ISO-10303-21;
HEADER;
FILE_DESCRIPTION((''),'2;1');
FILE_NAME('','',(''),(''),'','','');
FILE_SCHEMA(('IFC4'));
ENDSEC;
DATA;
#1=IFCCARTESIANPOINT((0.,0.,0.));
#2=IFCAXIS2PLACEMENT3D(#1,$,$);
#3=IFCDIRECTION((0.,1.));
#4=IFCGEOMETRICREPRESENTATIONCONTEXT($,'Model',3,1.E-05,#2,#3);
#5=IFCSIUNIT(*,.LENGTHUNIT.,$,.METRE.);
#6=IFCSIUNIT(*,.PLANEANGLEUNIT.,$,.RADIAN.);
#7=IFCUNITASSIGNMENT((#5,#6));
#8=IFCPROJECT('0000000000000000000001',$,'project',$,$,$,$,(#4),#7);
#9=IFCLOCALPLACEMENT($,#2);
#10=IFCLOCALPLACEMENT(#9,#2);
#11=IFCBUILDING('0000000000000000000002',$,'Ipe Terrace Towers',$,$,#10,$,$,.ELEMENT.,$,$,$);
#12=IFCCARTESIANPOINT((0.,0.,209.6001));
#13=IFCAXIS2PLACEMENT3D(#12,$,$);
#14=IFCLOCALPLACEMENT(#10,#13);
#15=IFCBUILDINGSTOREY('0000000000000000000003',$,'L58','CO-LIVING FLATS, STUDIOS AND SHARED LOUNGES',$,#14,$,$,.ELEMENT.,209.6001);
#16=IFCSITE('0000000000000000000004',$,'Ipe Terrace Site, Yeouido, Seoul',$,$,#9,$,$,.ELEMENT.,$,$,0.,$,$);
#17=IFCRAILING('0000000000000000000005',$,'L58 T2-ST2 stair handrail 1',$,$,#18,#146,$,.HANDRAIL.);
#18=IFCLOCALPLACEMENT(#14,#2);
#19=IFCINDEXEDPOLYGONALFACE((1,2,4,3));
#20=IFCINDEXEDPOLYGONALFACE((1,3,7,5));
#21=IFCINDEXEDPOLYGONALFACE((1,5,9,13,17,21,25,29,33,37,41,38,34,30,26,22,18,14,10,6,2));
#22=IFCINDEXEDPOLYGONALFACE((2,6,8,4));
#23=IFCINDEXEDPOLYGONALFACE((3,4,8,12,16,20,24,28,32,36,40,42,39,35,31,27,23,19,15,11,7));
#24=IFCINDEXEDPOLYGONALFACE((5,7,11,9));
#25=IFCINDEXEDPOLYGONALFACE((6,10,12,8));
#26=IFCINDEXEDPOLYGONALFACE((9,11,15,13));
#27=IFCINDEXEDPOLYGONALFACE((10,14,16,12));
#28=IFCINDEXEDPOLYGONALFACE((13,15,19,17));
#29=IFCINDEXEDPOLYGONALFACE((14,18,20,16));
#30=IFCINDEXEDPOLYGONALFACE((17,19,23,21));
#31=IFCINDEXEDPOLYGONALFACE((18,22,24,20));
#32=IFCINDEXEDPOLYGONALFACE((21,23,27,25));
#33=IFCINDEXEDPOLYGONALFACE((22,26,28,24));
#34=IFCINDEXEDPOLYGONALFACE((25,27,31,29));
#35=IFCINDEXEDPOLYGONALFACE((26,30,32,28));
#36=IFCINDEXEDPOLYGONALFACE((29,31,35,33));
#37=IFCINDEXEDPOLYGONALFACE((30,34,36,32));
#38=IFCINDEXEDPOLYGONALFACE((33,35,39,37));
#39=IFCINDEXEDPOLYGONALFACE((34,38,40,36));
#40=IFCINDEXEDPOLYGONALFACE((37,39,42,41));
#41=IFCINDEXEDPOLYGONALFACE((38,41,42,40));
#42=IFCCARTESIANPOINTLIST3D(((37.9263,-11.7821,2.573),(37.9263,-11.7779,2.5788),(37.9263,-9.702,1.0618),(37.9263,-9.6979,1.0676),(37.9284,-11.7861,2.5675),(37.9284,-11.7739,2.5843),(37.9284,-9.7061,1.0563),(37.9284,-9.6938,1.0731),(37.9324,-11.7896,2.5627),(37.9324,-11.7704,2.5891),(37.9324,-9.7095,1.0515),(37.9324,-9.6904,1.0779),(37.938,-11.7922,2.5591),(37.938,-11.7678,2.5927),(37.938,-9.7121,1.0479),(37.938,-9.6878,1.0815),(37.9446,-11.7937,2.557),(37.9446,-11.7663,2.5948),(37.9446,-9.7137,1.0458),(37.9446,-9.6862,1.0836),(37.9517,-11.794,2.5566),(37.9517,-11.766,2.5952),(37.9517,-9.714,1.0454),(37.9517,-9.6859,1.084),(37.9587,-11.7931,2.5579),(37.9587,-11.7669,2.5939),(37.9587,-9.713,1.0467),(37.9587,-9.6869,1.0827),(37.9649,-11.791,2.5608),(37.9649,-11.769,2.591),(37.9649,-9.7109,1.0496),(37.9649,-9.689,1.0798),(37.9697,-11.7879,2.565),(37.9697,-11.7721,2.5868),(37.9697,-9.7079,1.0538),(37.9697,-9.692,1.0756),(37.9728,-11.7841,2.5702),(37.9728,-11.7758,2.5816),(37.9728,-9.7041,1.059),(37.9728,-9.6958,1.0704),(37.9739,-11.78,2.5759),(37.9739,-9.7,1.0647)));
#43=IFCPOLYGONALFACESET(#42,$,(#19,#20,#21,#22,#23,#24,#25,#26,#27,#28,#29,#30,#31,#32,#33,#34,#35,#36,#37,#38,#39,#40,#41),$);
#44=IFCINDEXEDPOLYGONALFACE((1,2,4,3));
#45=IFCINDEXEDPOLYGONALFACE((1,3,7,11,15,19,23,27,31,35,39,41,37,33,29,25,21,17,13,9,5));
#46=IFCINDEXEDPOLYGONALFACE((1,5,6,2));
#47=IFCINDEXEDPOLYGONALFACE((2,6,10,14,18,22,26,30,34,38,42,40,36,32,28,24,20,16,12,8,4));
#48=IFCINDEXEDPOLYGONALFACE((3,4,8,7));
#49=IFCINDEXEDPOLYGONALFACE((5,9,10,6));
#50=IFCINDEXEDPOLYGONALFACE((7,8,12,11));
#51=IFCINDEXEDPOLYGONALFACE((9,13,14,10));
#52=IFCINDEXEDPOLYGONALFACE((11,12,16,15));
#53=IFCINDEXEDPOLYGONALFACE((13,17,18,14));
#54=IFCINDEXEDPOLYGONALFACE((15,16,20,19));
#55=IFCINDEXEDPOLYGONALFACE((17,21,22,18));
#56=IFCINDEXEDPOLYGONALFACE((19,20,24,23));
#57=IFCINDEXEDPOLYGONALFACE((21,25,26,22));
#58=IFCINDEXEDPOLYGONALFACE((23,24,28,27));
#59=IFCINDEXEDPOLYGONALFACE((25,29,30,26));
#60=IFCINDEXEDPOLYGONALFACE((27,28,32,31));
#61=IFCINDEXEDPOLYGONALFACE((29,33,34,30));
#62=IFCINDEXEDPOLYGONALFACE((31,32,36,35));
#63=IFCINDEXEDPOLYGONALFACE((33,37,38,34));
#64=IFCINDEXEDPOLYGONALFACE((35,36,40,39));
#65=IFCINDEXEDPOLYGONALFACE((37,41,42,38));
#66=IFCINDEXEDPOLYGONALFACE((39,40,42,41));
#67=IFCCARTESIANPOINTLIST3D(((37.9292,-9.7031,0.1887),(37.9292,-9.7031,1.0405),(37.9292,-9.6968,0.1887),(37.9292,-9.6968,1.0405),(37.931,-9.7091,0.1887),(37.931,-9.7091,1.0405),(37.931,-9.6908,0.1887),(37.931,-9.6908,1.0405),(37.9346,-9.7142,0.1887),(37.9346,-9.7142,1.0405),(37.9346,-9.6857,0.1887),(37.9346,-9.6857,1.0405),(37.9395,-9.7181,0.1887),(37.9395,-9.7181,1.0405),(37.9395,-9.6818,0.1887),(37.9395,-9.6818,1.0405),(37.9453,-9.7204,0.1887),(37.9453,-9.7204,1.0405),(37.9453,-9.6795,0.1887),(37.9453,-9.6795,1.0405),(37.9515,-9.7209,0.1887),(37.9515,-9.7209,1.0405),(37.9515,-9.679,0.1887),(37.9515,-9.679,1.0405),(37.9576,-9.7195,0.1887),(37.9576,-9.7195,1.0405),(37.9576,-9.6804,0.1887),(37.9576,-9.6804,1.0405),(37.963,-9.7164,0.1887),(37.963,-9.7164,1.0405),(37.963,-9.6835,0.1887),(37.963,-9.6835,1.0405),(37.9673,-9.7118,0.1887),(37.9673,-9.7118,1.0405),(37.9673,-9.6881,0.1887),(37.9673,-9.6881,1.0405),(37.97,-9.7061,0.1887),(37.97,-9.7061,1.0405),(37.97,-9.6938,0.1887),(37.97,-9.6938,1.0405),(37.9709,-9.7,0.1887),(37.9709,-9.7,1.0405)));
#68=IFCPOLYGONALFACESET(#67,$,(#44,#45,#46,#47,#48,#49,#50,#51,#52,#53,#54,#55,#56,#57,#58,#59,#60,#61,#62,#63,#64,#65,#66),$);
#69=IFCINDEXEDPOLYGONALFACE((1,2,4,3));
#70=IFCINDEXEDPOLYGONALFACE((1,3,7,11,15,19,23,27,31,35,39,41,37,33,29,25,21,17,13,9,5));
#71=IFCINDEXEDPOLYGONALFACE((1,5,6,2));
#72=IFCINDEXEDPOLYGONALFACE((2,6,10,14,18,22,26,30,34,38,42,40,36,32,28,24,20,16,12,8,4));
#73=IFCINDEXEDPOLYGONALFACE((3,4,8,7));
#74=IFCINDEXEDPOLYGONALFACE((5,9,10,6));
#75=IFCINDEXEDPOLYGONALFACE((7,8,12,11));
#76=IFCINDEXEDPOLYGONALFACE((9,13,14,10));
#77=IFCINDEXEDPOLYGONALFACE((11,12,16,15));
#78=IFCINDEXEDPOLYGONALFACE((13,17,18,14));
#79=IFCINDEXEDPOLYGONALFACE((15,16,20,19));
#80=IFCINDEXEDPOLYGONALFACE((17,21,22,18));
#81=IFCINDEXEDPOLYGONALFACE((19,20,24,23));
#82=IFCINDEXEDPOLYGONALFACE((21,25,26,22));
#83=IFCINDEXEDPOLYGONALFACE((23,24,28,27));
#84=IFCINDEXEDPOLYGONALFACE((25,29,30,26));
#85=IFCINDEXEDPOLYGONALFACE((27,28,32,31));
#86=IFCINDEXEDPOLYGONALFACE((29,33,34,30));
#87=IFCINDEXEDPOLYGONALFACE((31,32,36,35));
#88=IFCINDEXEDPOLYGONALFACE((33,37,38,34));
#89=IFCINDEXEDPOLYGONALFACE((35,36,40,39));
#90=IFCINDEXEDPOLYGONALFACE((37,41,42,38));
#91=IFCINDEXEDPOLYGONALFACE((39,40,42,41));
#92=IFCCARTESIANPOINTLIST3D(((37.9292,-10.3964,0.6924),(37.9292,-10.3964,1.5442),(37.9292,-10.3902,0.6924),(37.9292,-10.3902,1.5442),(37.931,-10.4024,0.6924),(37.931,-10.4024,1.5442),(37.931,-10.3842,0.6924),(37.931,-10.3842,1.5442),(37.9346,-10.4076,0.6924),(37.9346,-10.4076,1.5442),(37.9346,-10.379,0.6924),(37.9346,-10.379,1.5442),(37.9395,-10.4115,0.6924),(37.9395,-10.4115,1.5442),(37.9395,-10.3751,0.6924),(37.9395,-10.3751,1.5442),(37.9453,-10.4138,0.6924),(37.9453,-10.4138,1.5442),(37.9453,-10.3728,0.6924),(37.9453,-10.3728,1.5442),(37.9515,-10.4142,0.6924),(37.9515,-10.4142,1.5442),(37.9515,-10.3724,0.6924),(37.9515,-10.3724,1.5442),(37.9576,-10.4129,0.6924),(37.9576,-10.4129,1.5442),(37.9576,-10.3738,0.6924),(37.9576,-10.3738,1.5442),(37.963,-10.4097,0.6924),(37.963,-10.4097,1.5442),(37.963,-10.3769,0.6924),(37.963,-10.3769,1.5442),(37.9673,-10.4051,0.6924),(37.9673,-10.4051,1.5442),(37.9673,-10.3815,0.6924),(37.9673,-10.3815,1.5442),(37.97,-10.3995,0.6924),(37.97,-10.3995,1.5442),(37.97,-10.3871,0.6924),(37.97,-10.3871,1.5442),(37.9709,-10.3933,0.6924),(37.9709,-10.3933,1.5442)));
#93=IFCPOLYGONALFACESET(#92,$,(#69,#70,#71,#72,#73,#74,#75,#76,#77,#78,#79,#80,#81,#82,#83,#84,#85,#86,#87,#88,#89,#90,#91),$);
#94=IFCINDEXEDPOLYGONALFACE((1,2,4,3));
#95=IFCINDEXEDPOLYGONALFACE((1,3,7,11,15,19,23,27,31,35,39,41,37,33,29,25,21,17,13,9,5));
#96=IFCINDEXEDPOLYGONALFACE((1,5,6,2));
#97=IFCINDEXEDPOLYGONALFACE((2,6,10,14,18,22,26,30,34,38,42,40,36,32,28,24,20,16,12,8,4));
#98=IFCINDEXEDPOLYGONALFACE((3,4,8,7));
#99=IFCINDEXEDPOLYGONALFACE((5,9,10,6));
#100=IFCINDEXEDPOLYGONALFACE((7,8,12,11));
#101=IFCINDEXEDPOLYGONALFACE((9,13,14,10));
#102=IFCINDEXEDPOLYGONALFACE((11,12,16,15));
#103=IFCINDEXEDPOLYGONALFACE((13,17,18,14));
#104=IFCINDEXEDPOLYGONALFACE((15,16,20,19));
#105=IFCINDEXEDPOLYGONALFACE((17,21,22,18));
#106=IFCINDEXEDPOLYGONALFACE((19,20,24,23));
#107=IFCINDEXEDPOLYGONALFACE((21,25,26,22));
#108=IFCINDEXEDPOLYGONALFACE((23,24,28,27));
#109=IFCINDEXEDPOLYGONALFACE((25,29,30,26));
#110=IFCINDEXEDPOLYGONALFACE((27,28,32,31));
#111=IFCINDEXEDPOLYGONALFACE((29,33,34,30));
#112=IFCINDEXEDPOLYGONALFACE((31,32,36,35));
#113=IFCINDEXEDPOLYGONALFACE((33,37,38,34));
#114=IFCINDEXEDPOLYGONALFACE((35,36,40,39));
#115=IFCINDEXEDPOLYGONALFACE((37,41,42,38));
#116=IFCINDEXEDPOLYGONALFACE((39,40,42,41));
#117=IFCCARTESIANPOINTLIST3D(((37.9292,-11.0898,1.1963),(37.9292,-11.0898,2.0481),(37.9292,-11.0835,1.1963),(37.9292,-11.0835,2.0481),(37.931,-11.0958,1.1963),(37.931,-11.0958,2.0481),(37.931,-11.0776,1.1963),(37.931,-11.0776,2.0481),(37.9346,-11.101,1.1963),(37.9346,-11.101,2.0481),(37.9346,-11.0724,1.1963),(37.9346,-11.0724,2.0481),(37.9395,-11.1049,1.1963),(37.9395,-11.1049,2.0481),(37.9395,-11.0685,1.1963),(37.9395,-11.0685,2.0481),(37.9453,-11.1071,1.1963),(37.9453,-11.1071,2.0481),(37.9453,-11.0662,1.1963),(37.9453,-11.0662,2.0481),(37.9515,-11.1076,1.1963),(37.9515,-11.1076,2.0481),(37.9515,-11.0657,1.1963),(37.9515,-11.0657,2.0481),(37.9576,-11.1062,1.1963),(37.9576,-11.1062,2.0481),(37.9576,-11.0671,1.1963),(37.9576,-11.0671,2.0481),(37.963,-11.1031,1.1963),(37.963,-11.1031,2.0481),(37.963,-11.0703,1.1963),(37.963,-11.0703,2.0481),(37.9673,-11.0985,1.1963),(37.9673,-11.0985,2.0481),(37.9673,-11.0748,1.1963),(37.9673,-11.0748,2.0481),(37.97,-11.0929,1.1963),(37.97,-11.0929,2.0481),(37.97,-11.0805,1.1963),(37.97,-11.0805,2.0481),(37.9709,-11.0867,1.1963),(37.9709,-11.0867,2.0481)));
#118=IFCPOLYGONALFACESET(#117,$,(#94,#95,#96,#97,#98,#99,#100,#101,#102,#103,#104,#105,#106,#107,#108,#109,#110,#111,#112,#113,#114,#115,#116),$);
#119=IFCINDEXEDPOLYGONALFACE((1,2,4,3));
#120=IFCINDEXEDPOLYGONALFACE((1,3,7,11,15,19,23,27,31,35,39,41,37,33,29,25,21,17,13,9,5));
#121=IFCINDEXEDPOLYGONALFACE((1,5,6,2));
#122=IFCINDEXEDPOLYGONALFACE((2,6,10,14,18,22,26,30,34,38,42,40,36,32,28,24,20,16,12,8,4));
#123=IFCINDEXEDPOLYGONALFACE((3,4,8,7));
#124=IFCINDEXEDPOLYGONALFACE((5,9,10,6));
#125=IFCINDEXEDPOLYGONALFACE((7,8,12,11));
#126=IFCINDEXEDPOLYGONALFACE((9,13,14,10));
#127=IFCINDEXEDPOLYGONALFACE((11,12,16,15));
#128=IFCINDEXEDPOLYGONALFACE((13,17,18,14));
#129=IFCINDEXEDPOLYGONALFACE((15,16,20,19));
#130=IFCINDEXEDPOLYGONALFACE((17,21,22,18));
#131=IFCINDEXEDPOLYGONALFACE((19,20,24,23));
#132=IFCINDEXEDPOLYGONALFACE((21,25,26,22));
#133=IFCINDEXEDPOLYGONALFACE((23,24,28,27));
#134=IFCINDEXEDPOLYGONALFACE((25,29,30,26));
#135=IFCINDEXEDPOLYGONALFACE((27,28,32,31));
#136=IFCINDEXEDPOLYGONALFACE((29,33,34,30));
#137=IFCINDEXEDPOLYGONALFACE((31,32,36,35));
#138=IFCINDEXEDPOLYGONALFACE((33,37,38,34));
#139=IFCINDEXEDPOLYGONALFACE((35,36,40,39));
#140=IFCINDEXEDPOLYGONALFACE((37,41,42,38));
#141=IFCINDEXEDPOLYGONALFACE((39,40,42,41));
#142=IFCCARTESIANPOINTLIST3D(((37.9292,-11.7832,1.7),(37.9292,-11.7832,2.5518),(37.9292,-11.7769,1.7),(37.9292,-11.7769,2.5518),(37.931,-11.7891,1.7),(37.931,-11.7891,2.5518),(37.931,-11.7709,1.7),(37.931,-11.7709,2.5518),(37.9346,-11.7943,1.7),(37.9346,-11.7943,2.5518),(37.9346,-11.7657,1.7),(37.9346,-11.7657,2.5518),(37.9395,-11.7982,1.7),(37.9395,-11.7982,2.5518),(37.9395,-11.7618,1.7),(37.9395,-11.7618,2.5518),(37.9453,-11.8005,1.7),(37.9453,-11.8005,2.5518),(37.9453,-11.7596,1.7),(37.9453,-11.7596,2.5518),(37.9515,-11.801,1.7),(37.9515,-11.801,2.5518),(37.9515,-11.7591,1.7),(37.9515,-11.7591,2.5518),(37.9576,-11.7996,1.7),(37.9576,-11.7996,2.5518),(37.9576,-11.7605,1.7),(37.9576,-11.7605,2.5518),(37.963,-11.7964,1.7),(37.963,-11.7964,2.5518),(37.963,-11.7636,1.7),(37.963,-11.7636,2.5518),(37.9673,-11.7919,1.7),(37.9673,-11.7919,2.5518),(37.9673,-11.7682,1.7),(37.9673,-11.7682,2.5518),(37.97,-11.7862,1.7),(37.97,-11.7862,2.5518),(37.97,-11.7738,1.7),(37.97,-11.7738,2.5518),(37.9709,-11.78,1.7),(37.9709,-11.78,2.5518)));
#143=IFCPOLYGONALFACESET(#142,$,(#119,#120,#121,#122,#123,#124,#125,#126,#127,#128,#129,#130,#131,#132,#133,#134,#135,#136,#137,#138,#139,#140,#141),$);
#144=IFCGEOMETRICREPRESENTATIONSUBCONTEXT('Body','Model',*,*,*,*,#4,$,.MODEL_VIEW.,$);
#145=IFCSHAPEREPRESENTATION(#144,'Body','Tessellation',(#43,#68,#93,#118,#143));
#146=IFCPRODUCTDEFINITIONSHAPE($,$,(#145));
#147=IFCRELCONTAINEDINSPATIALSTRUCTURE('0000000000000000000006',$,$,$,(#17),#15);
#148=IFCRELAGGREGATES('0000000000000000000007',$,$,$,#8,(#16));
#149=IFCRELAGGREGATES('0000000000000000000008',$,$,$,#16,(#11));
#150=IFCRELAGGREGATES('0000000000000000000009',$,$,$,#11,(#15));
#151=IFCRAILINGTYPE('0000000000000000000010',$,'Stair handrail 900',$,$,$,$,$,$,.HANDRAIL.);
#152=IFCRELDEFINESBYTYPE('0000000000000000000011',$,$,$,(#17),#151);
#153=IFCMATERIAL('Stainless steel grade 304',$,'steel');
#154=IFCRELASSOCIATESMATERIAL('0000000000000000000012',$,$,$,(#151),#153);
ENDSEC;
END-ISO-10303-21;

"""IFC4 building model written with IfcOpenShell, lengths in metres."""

from ifc_helpers import new_model, si_unit, direction, frame, origin, origin_2d, place, context, subcontext, project, spatial, circle, extrude, material, type_object, element, save


model = new_model("IFC4")

# Units and contexts
model_context = context("Model", 3, precision=1e-05, world=origin(), true_north=direction((0.0, 1.0)))
body_context = subcontext(model_context, "Body", "Model", "MODEL_VIEW")
ifc_project = project(units=[si_unit("LENGTHUNIT", "METRE"), si_unit("PLANEANGLEUNIT", "RADIAN")], contexts=[model_context])

# Site, building, storey
site_placement = place(None, origin())
site = spatial("IfcSite", under=ifc_project, at=site_placement, Name="Ipe Terrace Site, Yeouido, Seoul", CompositionType="ELEMENT", RefElevation=0.0)
building_placement = place(site_placement, origin())
building = spatial("IfcBuilding", under=site, at=building_placement, Name="Ipe Terrace Towers", CompositionType="ELEMENT")
storey_placement = place(building_placement, frame((0.0, 0.0, 209.6001)))
storey = spatial("IfcBuildingStorey", under=building, at=storey_placement, Name="L58", Description="CO-LIVING FLATS, STUDIOS AND SHARED LOUNGES", CompositionType="ELEMENT", Elevation=209.6001)

# Railing
ifc_material_1 = material(Name="Stainless steel grade 304", Category="steel")
railing_type_1 = type_object("IfcRailingType", Name="Stair handrail 900", PredefinedType="HANDRAIL", material=ifc_material_1)
railing_1_placement = place(storey_placement, frame((37.95, -9.7, 0.1887)))
element("IfcRailing", 1, at=railing_1_placement, inside=storey, type_object=railing_type_1, Name="L58 T2-ST2 stair handrail 1", PredefinedType="HANDRAIL", context=body_context, shape_type="SweptSolid", body=[
    extrude(circle(Radius=0.0239, at=origin_2d()), frame((0.0, 0.0, 0.876), z_axis=(0.0, -0.809023, 0.587776), x_axis=(1.0, 0.0, 0.0)), (0.0, 0.0, 1.0), 2.571),
    extrude(circle(Radius=0.021, at=origin_2d()), origin(), (0.0, 0.0, 1.0), 0.8518),
    extrude(circle(Radius=0.021, at=origin_2d()), frame((0.0, -0.6934, 0.5037)), (0.0, 0.0, 1.0), 0.8518),
    extrude(circle(Radius=0.021, at=origin_2d()), frame((0.0, -1.3867, 1.0076)), (0.0, 0.0, 1.0), 0.8518),
    extrude(circle(Radius=0.021, at=origin_2d()), frame((0.0, -2.0801, 1.5112)), (0.0, 0.0, 1.0), 0.8518),
])

save(model, "model.ifc")
